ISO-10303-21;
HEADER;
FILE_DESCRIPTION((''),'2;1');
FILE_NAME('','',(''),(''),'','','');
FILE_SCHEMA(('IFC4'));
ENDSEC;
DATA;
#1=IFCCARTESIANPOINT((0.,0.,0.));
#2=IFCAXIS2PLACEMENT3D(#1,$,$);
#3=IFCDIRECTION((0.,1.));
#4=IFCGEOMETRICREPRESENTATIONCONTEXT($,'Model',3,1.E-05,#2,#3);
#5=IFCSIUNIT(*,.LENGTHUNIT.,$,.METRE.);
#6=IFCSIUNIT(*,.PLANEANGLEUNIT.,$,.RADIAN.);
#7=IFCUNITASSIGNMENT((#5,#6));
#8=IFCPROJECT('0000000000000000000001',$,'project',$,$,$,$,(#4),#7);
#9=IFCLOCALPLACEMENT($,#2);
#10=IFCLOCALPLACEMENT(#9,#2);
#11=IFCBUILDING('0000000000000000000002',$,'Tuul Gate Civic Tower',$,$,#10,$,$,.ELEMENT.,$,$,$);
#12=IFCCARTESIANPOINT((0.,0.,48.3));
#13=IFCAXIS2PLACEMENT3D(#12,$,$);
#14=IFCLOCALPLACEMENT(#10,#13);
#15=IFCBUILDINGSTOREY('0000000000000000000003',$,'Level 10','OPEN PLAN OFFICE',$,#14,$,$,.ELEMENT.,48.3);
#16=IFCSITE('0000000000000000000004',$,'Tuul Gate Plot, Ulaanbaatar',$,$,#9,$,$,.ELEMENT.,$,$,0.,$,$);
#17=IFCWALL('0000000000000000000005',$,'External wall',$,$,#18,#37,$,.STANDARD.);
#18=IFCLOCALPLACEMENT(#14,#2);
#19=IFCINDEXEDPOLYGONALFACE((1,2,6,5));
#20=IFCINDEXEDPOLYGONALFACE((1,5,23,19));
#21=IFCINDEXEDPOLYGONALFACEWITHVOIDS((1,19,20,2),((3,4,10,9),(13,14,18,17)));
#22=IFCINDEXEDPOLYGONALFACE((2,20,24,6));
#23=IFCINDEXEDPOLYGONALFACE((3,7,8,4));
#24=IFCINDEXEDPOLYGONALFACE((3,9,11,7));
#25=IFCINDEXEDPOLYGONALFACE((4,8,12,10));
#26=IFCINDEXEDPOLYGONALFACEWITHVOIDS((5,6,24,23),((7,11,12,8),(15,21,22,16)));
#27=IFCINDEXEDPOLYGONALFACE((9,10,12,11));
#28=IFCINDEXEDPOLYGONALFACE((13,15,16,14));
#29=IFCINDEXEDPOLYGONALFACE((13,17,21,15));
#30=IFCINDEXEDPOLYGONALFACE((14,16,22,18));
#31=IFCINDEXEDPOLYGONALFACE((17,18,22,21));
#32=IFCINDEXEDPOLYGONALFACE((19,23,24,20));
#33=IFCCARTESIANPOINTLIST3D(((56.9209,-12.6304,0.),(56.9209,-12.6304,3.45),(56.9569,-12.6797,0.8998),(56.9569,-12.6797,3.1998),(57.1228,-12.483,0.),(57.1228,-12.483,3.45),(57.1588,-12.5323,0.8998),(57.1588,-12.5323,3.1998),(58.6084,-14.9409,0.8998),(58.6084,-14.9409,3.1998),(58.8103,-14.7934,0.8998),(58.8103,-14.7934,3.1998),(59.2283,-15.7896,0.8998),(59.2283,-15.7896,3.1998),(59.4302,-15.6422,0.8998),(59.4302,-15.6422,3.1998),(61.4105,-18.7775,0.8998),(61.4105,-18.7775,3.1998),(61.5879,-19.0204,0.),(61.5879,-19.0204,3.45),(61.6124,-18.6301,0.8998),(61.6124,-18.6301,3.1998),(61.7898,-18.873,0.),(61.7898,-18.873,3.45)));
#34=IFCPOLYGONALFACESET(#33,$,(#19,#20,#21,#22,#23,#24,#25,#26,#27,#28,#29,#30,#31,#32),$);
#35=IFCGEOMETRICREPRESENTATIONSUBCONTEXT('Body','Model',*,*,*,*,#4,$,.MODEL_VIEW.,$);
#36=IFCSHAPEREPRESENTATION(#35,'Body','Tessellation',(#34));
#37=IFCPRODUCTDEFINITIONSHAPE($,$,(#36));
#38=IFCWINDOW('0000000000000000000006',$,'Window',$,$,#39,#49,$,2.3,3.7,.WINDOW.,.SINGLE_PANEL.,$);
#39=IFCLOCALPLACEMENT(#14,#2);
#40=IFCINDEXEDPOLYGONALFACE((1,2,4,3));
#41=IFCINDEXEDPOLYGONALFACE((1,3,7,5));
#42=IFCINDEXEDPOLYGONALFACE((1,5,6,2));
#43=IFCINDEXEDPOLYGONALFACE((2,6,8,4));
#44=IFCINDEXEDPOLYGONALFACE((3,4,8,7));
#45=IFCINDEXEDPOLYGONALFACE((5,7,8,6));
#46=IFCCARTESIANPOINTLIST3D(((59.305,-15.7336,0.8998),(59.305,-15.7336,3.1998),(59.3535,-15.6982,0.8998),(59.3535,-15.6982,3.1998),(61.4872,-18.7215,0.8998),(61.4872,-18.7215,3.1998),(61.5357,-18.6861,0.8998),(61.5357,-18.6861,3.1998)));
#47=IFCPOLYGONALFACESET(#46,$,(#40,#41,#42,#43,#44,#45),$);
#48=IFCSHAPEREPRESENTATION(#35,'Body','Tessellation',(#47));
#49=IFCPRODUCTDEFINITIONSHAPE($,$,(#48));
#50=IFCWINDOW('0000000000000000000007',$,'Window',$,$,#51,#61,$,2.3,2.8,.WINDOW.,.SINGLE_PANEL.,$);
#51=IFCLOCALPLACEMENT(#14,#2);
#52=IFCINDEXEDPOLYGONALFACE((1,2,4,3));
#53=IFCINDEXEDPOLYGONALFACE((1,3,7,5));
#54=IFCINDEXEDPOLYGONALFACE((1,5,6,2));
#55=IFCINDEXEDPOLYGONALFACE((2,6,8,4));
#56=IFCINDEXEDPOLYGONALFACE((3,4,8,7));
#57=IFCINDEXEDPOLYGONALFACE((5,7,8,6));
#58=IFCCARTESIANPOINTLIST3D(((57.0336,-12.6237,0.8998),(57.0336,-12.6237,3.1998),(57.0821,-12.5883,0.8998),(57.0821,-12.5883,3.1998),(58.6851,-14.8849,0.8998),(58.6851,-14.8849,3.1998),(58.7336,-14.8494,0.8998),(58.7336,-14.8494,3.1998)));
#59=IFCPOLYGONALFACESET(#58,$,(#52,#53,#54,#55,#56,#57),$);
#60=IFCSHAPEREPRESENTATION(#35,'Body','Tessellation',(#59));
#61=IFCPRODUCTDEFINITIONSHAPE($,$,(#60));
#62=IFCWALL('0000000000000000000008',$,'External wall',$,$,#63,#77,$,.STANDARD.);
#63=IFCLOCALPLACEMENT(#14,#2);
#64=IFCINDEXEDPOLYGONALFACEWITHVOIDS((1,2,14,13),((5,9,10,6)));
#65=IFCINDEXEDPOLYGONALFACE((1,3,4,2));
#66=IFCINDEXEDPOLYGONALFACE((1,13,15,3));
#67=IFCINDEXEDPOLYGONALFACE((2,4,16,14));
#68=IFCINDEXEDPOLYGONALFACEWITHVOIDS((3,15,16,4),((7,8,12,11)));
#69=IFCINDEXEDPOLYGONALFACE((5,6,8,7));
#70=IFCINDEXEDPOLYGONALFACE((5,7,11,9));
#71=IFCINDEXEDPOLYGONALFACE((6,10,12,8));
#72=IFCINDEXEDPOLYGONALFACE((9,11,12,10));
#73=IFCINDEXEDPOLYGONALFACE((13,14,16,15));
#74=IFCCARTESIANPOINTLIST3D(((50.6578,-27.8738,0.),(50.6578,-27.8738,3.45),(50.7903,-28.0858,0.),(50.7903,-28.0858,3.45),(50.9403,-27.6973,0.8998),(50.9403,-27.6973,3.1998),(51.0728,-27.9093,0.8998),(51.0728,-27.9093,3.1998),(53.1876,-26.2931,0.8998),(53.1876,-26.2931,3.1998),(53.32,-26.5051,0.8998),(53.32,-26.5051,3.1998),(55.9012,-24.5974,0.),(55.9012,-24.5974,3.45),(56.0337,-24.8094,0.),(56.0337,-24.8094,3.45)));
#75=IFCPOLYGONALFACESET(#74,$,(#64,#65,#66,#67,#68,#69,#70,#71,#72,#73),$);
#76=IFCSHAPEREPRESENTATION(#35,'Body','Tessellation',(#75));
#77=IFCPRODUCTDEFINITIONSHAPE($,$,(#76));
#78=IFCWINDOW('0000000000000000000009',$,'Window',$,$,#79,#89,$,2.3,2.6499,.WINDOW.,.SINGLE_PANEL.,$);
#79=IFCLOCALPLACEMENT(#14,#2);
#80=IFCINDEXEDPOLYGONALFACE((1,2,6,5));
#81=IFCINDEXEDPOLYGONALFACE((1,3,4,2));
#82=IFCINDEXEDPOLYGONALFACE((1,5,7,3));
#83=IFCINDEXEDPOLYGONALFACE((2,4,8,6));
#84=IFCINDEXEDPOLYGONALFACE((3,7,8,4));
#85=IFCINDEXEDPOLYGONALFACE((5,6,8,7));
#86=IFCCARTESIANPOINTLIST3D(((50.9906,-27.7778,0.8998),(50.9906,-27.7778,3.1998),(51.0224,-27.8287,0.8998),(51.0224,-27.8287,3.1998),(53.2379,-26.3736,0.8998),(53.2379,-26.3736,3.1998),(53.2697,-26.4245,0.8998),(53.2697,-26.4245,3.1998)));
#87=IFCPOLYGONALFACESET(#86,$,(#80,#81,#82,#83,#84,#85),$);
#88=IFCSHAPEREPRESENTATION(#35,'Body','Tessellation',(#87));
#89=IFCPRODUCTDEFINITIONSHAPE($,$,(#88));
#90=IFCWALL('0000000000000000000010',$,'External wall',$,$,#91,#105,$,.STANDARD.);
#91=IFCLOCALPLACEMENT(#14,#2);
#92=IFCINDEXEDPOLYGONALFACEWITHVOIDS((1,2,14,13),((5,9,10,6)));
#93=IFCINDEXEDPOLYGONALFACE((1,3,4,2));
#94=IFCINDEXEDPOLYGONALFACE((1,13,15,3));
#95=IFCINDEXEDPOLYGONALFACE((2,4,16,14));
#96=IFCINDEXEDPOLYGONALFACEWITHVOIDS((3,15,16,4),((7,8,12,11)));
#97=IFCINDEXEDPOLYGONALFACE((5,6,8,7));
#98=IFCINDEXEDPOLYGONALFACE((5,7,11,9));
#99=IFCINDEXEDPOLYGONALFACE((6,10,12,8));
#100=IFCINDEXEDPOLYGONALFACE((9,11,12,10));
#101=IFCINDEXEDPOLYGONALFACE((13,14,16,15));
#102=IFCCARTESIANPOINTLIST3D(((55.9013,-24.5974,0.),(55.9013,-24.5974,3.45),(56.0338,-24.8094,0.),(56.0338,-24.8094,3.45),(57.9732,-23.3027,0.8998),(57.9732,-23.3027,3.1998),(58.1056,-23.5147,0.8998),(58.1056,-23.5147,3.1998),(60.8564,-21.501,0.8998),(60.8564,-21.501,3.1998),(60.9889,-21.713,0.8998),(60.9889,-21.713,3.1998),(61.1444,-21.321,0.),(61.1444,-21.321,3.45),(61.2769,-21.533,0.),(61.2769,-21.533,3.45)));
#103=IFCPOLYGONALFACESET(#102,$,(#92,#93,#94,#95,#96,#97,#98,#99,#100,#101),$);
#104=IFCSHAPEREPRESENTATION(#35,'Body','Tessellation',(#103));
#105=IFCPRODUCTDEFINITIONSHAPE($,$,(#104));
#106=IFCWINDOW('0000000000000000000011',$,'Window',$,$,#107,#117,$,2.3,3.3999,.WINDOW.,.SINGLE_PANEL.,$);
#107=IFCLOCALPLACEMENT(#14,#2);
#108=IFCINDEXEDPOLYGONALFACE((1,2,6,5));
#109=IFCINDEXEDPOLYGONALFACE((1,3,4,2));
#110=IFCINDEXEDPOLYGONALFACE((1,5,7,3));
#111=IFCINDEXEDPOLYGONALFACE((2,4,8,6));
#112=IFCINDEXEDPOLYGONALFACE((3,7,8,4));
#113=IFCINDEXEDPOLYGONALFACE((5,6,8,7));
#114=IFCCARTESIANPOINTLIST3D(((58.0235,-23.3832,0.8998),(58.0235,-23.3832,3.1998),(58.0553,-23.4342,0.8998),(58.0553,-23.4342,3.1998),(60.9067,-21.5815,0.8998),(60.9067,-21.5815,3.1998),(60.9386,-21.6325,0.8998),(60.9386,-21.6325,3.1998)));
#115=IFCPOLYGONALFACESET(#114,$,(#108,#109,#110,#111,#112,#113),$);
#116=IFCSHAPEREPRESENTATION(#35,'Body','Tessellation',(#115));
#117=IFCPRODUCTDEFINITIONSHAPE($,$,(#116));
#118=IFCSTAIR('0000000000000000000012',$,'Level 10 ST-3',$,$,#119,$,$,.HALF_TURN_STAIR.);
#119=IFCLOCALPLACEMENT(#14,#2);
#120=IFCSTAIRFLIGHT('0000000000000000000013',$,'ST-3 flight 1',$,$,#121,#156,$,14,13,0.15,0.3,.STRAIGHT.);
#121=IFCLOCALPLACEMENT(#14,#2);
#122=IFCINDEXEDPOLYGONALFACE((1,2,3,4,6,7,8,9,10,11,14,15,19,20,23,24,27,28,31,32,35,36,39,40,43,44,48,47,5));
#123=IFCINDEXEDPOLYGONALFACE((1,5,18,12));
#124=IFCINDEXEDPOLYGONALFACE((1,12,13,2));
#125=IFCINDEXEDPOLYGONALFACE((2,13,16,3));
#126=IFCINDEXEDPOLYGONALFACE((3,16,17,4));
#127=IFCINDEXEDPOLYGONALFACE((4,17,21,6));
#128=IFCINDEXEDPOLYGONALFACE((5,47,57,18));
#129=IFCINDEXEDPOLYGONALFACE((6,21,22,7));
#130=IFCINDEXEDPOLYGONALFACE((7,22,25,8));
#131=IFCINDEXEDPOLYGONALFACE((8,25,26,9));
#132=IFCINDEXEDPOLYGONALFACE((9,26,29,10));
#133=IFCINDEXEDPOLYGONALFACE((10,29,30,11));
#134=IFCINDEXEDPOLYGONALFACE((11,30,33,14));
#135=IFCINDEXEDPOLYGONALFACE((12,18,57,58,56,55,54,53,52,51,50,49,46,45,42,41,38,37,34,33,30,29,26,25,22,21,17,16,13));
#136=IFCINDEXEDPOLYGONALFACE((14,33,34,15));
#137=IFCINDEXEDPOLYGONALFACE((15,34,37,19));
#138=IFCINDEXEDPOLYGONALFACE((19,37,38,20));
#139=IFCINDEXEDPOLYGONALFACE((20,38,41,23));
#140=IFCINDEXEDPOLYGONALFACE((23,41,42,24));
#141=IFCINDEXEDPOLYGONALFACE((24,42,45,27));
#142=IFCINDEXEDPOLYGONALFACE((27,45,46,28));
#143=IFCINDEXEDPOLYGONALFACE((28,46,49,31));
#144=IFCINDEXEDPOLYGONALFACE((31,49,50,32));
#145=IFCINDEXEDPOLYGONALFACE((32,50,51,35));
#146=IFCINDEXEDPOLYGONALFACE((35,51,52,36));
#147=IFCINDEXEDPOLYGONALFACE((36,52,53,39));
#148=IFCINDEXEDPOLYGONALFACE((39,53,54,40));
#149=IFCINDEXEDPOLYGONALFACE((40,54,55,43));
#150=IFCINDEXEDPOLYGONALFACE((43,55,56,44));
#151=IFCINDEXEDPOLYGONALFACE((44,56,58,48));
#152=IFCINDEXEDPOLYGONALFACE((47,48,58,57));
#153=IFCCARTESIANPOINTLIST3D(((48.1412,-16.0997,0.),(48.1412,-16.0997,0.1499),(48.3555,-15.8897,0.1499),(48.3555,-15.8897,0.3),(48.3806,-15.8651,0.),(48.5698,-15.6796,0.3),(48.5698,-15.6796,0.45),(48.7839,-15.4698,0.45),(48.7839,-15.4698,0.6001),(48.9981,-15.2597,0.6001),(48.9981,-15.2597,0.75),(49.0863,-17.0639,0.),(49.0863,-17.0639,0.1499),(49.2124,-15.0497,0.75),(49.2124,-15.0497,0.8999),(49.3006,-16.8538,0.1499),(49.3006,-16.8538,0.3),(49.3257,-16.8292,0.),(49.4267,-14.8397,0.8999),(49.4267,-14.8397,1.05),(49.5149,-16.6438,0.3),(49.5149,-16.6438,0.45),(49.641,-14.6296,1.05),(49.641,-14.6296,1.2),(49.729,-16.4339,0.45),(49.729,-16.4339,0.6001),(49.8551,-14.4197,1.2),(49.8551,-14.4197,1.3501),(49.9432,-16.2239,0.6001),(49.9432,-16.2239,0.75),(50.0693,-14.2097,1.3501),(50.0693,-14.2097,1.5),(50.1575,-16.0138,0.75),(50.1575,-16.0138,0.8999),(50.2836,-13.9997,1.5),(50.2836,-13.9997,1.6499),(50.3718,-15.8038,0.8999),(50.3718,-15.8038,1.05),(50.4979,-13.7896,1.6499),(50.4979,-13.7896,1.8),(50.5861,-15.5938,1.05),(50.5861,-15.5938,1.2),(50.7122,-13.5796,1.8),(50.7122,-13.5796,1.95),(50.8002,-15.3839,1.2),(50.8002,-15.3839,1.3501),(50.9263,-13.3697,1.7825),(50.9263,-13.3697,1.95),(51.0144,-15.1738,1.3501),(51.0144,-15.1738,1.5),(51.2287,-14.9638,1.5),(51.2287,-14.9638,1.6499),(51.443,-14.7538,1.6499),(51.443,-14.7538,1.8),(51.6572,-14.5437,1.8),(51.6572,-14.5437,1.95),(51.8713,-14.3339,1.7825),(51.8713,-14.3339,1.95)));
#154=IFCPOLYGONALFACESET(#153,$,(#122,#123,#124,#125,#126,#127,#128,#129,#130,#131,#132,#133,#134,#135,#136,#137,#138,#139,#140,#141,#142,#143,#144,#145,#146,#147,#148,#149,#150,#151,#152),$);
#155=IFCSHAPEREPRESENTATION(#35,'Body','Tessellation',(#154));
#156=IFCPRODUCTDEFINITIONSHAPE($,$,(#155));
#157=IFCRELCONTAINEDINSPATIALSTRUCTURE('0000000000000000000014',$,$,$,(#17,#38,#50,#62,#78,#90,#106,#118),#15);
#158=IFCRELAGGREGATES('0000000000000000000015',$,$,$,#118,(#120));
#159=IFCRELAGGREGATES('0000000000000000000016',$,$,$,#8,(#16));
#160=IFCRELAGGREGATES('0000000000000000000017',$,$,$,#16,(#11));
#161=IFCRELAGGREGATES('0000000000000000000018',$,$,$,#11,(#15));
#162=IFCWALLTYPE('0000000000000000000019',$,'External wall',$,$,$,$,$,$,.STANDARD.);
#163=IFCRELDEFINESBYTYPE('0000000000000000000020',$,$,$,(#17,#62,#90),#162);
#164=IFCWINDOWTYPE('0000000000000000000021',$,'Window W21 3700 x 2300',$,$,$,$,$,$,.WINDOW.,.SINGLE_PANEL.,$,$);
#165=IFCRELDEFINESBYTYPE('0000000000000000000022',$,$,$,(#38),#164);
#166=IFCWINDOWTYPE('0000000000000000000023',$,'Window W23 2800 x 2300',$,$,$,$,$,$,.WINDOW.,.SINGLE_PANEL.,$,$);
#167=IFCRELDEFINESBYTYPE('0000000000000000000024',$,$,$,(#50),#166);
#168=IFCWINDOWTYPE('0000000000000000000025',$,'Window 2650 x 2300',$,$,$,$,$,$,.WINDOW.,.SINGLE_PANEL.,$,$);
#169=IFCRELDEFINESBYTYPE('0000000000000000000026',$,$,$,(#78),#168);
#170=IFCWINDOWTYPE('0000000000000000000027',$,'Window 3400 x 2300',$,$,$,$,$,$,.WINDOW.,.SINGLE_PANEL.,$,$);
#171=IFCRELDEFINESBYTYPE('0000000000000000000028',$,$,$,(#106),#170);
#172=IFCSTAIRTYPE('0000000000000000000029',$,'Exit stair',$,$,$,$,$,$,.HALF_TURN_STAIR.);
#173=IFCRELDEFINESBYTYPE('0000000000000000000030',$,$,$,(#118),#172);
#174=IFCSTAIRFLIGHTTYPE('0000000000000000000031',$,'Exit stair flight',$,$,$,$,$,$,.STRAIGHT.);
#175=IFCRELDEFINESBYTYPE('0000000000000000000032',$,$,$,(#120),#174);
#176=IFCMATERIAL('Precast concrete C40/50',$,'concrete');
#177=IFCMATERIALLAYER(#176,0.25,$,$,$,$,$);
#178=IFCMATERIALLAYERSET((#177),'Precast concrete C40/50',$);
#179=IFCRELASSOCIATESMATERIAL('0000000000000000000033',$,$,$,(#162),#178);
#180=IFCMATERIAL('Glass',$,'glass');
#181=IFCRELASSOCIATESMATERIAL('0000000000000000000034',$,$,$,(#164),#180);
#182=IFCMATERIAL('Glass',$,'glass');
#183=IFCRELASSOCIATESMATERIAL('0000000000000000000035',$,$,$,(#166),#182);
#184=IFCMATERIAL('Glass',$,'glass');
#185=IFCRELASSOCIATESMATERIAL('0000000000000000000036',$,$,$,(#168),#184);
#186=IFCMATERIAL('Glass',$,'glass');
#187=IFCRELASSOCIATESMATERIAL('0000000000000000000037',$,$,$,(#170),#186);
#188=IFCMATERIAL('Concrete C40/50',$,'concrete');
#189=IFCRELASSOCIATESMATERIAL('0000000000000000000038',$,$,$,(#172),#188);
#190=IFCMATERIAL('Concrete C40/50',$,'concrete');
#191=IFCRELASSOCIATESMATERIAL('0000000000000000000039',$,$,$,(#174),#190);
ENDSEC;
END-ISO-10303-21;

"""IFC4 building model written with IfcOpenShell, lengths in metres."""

from ifc_helpers import new_model, si_unit, direction, frame, frame_2d, origin, place, context, subcontext, project, spatial, polyline, rectangle, outline, extrude, material, layer, layer_set, type_object, element, fill, aggregate, save


model = new_model("IFC4")

# Units and contexts
model_context = context("Model", 3, precision=1e-05, world=origin(), true_north=direction((0.0, 1.0)))
body_context = subcontext(model_context, "Body", "Model", "MODEL_VIEW")
ifc_project = project(units=[si_unit("LENGTHUNIT", "METRE"), si_unit("PLANEANGLEUNIT", "RADIAN")], contexts=[model_context])

# Site, building, storey
site_placement = place(None, origin())
site = spatial("IfcSite", under=ifc_project, at=site_placement, Name="Tuul Gate Plot, Ulaanbaatar", CompositionType="ELEMENT", RefElevation=0.0)
building_placement = place(site_placement, origin())
building = spatial("IfcBuilding", under=site, at=building_placement, Name="Tuul Gate Civic Tower", CompositionType="ELEMENT")
storey_placement = place(building_placement, frame((0.0, 0.0, 48.3)))
storey = spatial("IfcBuildingStorey", under=building, at=storey_placement, Name="Level 10", Description="OPEN PLAN OFFICE", CompositionType="ELEMENT", Elevation=48.3)

# Shared definitions
ifc_material_1 = material(Name="Precast concrete C40/50", Category="concrete")
ifc_layer_1 = layer(ifc_material_1, 0.25)
ifc_layer_set_1 = layer_set([ifc_layer_1], Name="Precast concrete C40/50")
wall_type_1 = type_object("IfcWallType", Name="External wall", PredefinedType="STANDARD", material=ifc_layer_set_1)

# Wall, openings, windows
wall_1_placement = place(storey_placement, frame((61.689, -18.9468, 0.0), z_axis=(0.0, 0.0, 1.0), x_axis=(-0.589807, 0.807544, 0.0)))
wall_1 = element("IfcWall", 1, at=wall_1_placement, inside=storey, type_object=wall_type_1, Name="External wall", PredefinedType="STANDARD", context=body_context, shape_type="SweptSolid", body=[
    extrude(rectangle(XDim=7.9128, YDim=0.25, at=frame_2d((3.9565, 0.0))), origin(), (0.0, 0.0, 1.0), 3.45),
])
opening_1_placement = place(wall_1_placement, frame((0.3008, 0.0, 0.8999)))
opening_1 = element("IfcOpeningElement", 2, at=opening_1_placement, cuts=wall_1, PredefinedType="OPENING", context=body_context, shape_type="SweptSolid", body=[
    extrude(rectangle(XDim=3.7, YDim=2.3, at=frame_2d((1.8501, 1.1499))), frame((0.0, 0.135, 0.0), z_axis=(0.0, -1.0, 0.0), x_axis=(1.0, 0.0, 0.0)), (0.0, 0.0, 1.0), 0.27),
])
opening_2_placement = place(wall_1_placement, frame((5.052, 0.0, 0.8999)))
opening_2 = element("IfcOpeningElement", 3, at=opening_2_placement, cuts=wall_1, PredefinedType="OPENING", context=body_context, shape_type="SweptSolid", body=[
    extrude(rectangle(XDim=2.8, YDim=2.3, at=frame_2d((1.3999, 1.1499))), frame((0.0, 0.135, 0.0), z_axis=(0.0, -1.0, 0.0), x_axis=(1.0, 0.0, 0.0)), (0.0, 0.0, 1.0), 0.27),
])
ifc_material_2 = material(Name="Glass", Category="glass")
window_type_1 = type_object("IfcWindowType", Name="Window W21 3700 x 2300", PartitioningType="SINGLE_PANEL", PredefinedType="WINDOW", material=ifc_material_2)
window_1_placement = place(opening_1_placement, origin())
window_1 = element("IfcWindow", 4, at=window_1_placement, inside=storey, type_object=window_type_1, Name="Window", OverallHeight=2.3, OverallWidth=3.7, PartitioningType="SINGLE_PANEL", PredefinedType="WINDOW", context=body_context, shape_type="SweptSolid", body=[
    extrude(rectangle(XDim=3.7, YDim=2.3, at=frame_2d((1.8501, 1.1499))), frame((0.0, 0.03, 0.0), z_axis=(0.0, -1.0, 0.0), x_axis=(1.0, 0.0, 0.0)), (0.0, 0.0, 1.0), 0.0601),
])
fill(opening_1, window_1)
ifc_material_3 = material(Name="Glass", Category="glass")
window_type_2 = type_object("IfcWindowType", Name="Window W23 2800 x 2300", PartitioningType="SINGLE_PANEL", PredefinedType="WINDOW", material=ifc_material_3)
window_2_placement = place(opening_2_placement, origin())
window_2 = element("IfcWindow", 5, at=window_2_placement, inside=storey, type_object=window_type_2, Name="Window", OverallHeight=2.3, OverallWidth=2.8, PartitioningType="SINGLE_PANEL", PredefinedType="WINDOW", context=body_context, shape_type="SweptSolid", body=[
    extrude(rectangle(XDim=2.8, YDim=2.3, at=frame_2d((1.3999, 1.1499))), frame((0.0, 0.03, 0.0), z_axis=(0.0, -1.0, 0.0), x_axis=(1.0, 0.0, 0.0)), (0.0, 0.0, 1.0), 0.0601),
])
fill(opening_2, window_2)

# Walls, openings, windows
wall_2_placement = place(storey_placement, frame((50.7241, -27.9797, 0.0), z_axis=(0.0, 0.0, 1.0), x_axis=(0.848054, 0.52991, 0.0)))
wall_2 = element("IfcWall", 6, at=wall_2_placement, inside=storey, type_object=wall_type_1, Name="External wall", PredefinedType="STANDARD", context=body_context, shape_type="SweptSolid", body=[
    extrude(rectangle(XDim=6.1829, YDim=0.25, at=frame_2d((3.0913, 0.0))), origin(), (0.0, 0.0, 1.0), 3.45),
])
opening_3_placement = place(wall_2_placement, frame((0.333, 0.0, 0.8999)))
opening_3 = element("IfcOpeningElement", 7, at=opening_3_placement, cuts=wall_2, PredefinedType="OPENING", context=body_context, shape_type="SweptSolid", body=[
    extrude(rectangle(XDim=2.6499, YDim=2.3, at=frame_2d((1.325, 1.1499))), frame((0.0, 0.135, 0.0), z_axis=(0.0, -1.0, 0.0), x_axis=(1.0, 0.0, 0.0)), (0.0, 0.0, 1.0), 0.27),
])
ifc_material_4 = material(Name="Glass", Category="glass")
window_type_3 = type_object("IfcWindowType", Name="Window 2650 x 2300", PartitioningType="SINGLE_PANEL", PredefinedType="WINDOW", material=ifc_material_4)
window_3_placement = place(opening_3_placement, origin())
window_3 = element("IfcWindow", 8, at=window_3_placement, inside=storey, type_object=window_type_3, Name="Window", OverallHeight=2.3, OverallWidth=2.6499, PartitioningType="SINGLE_PANEL", PredefinedType="WINDOW", context=body_context, shape_type="SweptSolid", body=[
    extrude(rectangle(XDim=2.6499, YDim=2.3, at=frame_2d((1.325, 1.1499))), frame((0.0, 0.03, 0.0), z_axis=(0.0, -1.0, 0.0), x_axis=(1.0, 0.0, 0.0)), (0.0, 0.0, 1.0), 0.0601),
])
fill(opening_3, window_3)
wall_3_placement = place(storey_placement, frame((55.9675, -24.7034, 0.0), z_axis=(0.0, 0.0, 1.0), x_axis=(0.848043, 0.529928, 0.0)))
wall_3 = element("IfcWall", 9, at=wall_3_placement, inside=storey, type_object=wall_type_1, Name="External wall", PredefinedType="STANDARD", context=body_context, shape_type="SweptSolid", body=[
    extrude(rectangle(XDim=6.1826, YDim=0.25, at=frame_2d((3.0913, 0.0))), origin(), (0.0, 0.0, 1.0), 3.45),
])
opening_4_placement = place(wall_3_placement, frame((2.4431, 0.0, 0.8999)))
opening_4 = element("IfcOpeningElement", 10, at=opening_4_placement, cuts=wall_3, PredefinedType="OPENING", context=body_context, shape_type="SweptSolid", body=[
    extrude(rectangle(XDim=3.3999, YDim=2.3, at=frame_2d((1.7, 1.1499))), frame((0.0, 0.135, 0.0), z_axis=(0.0, -1.0, 0.0), x_axis=(1.0, 0.0, 0.0)), (0.0, 0.0, 1.0), 0.27),
])
ifc_material_5 = material(Name="Glass", Category="glass")
window_type_4 = type_object("IfcWindowType", Name="Window 3400 x 2300", PartitioningType="SINGLE_PANEL", PredefinedType="WINDOW", material=ifc_material_5)
window_4_placement = place(opening_4_placement, origin())
window_4 = element("IfcWindow", 11, at=window_4_placement, inside=storey, type_object=window_type_4, Name="Window", OverallHeight=2.3, OverallWidth=3.3999, PartitioningType="SINGLE_PANEL", PredefinedType="WINDOW", context=body_context, shape_type="SweptSolid", body=[
    extrude(rectangle(XDim=3.3999, YDim=2.3, at=frame_2d((1.7, 1.1499))), frame((0.0, 0.03, 0.0), z_axis=(0.0, -1.0, 0.0), x_axis=(1.0, 0.0, 0.0)), (0.0, 0.0, 1.0), 0.0601),
])
fill(opening_4, window_4)

# Stair, stair flight
ifc_material_6 = material(Name="Concrete C40/50", Category="concrete")
stair_type = type_object("IfcStairType", Name="Exit stair", PredefinedType="HALF_TURN_STAIR", material=ifc_material_6)
stair_placement = place(storey_placement, origin())
stair = element("IfcStair", 12, at=stair_placement, inside=storey, type_object=stair_type, Name="Level 10 ST-3", PredefinedType="HALF_TURN_STAIR")
ifc_material_7 = material(Name="Concrete C40/50", Category="concrete")
stair_flight_type = type_object("IfcStairFlightType", Name="Exit stair flight", PredefinedType="STRAIGHT", material=ifc_material_7)
stair_flight_placement = place(storey_placement, frame((48.6138, -16.5818, 0.0), z_axis=(0.0, 0.0, 1.0), x_axis=(0.714127, 0.700016, 0.0)))
stair_flight = element("IfcStairFlight", 13, at=stair_flight_placement, type_object=stair_flight_type, Name="ST-3 flight 1", NumberOfRisers=14, NumberOfTreads=13, PredefinedType="STRAIGHT", RiserHeight=0.15, TreadLength=0.3, context=body_context, shape_type="SweptSolid", body=[
    extrude(outline(polyline([(0.0, 0.0), (0.0, 0.1499), (0.3, 0.1499), (0.3, 0.3), (0.6001, 0.3), (0.6001, 0.45), (0.8999, 0.45), (0.8999, 0.6001), (1.2, 0.6001), (1.2, 0.75), (1.5, 0.75), (1.5, 0.8999), (1.8, 0.8999), (1.8, 1.05), (2.1001, 1.05), (2.1001, 1.2), (2.3999, 1.2), (2.3999, 1.3501), (2.7, 1.3501), (2.7, 1.5), (3.0, 1.5), (3.0, 1.6499), (3.3, 1.6499), (3.3, 1.8), (3.6001, 1.8), (3.6001, 1.95), (3.8999, 1.95), (3.8999, 2.1001), (3.8999, 1.7825), (0.3352, 0.0), (0.0, 0.0)])), frame((0.0, 0.675, 0.0), z_axis=(0.0, -1.0, 0.0), x_axis=(1.0, 0.0, 0.0)), (0.0, 0.0, 1.0), 1.3501),
])
aggregate(stair, [stair_flight])

save(model, "model.ifc")
